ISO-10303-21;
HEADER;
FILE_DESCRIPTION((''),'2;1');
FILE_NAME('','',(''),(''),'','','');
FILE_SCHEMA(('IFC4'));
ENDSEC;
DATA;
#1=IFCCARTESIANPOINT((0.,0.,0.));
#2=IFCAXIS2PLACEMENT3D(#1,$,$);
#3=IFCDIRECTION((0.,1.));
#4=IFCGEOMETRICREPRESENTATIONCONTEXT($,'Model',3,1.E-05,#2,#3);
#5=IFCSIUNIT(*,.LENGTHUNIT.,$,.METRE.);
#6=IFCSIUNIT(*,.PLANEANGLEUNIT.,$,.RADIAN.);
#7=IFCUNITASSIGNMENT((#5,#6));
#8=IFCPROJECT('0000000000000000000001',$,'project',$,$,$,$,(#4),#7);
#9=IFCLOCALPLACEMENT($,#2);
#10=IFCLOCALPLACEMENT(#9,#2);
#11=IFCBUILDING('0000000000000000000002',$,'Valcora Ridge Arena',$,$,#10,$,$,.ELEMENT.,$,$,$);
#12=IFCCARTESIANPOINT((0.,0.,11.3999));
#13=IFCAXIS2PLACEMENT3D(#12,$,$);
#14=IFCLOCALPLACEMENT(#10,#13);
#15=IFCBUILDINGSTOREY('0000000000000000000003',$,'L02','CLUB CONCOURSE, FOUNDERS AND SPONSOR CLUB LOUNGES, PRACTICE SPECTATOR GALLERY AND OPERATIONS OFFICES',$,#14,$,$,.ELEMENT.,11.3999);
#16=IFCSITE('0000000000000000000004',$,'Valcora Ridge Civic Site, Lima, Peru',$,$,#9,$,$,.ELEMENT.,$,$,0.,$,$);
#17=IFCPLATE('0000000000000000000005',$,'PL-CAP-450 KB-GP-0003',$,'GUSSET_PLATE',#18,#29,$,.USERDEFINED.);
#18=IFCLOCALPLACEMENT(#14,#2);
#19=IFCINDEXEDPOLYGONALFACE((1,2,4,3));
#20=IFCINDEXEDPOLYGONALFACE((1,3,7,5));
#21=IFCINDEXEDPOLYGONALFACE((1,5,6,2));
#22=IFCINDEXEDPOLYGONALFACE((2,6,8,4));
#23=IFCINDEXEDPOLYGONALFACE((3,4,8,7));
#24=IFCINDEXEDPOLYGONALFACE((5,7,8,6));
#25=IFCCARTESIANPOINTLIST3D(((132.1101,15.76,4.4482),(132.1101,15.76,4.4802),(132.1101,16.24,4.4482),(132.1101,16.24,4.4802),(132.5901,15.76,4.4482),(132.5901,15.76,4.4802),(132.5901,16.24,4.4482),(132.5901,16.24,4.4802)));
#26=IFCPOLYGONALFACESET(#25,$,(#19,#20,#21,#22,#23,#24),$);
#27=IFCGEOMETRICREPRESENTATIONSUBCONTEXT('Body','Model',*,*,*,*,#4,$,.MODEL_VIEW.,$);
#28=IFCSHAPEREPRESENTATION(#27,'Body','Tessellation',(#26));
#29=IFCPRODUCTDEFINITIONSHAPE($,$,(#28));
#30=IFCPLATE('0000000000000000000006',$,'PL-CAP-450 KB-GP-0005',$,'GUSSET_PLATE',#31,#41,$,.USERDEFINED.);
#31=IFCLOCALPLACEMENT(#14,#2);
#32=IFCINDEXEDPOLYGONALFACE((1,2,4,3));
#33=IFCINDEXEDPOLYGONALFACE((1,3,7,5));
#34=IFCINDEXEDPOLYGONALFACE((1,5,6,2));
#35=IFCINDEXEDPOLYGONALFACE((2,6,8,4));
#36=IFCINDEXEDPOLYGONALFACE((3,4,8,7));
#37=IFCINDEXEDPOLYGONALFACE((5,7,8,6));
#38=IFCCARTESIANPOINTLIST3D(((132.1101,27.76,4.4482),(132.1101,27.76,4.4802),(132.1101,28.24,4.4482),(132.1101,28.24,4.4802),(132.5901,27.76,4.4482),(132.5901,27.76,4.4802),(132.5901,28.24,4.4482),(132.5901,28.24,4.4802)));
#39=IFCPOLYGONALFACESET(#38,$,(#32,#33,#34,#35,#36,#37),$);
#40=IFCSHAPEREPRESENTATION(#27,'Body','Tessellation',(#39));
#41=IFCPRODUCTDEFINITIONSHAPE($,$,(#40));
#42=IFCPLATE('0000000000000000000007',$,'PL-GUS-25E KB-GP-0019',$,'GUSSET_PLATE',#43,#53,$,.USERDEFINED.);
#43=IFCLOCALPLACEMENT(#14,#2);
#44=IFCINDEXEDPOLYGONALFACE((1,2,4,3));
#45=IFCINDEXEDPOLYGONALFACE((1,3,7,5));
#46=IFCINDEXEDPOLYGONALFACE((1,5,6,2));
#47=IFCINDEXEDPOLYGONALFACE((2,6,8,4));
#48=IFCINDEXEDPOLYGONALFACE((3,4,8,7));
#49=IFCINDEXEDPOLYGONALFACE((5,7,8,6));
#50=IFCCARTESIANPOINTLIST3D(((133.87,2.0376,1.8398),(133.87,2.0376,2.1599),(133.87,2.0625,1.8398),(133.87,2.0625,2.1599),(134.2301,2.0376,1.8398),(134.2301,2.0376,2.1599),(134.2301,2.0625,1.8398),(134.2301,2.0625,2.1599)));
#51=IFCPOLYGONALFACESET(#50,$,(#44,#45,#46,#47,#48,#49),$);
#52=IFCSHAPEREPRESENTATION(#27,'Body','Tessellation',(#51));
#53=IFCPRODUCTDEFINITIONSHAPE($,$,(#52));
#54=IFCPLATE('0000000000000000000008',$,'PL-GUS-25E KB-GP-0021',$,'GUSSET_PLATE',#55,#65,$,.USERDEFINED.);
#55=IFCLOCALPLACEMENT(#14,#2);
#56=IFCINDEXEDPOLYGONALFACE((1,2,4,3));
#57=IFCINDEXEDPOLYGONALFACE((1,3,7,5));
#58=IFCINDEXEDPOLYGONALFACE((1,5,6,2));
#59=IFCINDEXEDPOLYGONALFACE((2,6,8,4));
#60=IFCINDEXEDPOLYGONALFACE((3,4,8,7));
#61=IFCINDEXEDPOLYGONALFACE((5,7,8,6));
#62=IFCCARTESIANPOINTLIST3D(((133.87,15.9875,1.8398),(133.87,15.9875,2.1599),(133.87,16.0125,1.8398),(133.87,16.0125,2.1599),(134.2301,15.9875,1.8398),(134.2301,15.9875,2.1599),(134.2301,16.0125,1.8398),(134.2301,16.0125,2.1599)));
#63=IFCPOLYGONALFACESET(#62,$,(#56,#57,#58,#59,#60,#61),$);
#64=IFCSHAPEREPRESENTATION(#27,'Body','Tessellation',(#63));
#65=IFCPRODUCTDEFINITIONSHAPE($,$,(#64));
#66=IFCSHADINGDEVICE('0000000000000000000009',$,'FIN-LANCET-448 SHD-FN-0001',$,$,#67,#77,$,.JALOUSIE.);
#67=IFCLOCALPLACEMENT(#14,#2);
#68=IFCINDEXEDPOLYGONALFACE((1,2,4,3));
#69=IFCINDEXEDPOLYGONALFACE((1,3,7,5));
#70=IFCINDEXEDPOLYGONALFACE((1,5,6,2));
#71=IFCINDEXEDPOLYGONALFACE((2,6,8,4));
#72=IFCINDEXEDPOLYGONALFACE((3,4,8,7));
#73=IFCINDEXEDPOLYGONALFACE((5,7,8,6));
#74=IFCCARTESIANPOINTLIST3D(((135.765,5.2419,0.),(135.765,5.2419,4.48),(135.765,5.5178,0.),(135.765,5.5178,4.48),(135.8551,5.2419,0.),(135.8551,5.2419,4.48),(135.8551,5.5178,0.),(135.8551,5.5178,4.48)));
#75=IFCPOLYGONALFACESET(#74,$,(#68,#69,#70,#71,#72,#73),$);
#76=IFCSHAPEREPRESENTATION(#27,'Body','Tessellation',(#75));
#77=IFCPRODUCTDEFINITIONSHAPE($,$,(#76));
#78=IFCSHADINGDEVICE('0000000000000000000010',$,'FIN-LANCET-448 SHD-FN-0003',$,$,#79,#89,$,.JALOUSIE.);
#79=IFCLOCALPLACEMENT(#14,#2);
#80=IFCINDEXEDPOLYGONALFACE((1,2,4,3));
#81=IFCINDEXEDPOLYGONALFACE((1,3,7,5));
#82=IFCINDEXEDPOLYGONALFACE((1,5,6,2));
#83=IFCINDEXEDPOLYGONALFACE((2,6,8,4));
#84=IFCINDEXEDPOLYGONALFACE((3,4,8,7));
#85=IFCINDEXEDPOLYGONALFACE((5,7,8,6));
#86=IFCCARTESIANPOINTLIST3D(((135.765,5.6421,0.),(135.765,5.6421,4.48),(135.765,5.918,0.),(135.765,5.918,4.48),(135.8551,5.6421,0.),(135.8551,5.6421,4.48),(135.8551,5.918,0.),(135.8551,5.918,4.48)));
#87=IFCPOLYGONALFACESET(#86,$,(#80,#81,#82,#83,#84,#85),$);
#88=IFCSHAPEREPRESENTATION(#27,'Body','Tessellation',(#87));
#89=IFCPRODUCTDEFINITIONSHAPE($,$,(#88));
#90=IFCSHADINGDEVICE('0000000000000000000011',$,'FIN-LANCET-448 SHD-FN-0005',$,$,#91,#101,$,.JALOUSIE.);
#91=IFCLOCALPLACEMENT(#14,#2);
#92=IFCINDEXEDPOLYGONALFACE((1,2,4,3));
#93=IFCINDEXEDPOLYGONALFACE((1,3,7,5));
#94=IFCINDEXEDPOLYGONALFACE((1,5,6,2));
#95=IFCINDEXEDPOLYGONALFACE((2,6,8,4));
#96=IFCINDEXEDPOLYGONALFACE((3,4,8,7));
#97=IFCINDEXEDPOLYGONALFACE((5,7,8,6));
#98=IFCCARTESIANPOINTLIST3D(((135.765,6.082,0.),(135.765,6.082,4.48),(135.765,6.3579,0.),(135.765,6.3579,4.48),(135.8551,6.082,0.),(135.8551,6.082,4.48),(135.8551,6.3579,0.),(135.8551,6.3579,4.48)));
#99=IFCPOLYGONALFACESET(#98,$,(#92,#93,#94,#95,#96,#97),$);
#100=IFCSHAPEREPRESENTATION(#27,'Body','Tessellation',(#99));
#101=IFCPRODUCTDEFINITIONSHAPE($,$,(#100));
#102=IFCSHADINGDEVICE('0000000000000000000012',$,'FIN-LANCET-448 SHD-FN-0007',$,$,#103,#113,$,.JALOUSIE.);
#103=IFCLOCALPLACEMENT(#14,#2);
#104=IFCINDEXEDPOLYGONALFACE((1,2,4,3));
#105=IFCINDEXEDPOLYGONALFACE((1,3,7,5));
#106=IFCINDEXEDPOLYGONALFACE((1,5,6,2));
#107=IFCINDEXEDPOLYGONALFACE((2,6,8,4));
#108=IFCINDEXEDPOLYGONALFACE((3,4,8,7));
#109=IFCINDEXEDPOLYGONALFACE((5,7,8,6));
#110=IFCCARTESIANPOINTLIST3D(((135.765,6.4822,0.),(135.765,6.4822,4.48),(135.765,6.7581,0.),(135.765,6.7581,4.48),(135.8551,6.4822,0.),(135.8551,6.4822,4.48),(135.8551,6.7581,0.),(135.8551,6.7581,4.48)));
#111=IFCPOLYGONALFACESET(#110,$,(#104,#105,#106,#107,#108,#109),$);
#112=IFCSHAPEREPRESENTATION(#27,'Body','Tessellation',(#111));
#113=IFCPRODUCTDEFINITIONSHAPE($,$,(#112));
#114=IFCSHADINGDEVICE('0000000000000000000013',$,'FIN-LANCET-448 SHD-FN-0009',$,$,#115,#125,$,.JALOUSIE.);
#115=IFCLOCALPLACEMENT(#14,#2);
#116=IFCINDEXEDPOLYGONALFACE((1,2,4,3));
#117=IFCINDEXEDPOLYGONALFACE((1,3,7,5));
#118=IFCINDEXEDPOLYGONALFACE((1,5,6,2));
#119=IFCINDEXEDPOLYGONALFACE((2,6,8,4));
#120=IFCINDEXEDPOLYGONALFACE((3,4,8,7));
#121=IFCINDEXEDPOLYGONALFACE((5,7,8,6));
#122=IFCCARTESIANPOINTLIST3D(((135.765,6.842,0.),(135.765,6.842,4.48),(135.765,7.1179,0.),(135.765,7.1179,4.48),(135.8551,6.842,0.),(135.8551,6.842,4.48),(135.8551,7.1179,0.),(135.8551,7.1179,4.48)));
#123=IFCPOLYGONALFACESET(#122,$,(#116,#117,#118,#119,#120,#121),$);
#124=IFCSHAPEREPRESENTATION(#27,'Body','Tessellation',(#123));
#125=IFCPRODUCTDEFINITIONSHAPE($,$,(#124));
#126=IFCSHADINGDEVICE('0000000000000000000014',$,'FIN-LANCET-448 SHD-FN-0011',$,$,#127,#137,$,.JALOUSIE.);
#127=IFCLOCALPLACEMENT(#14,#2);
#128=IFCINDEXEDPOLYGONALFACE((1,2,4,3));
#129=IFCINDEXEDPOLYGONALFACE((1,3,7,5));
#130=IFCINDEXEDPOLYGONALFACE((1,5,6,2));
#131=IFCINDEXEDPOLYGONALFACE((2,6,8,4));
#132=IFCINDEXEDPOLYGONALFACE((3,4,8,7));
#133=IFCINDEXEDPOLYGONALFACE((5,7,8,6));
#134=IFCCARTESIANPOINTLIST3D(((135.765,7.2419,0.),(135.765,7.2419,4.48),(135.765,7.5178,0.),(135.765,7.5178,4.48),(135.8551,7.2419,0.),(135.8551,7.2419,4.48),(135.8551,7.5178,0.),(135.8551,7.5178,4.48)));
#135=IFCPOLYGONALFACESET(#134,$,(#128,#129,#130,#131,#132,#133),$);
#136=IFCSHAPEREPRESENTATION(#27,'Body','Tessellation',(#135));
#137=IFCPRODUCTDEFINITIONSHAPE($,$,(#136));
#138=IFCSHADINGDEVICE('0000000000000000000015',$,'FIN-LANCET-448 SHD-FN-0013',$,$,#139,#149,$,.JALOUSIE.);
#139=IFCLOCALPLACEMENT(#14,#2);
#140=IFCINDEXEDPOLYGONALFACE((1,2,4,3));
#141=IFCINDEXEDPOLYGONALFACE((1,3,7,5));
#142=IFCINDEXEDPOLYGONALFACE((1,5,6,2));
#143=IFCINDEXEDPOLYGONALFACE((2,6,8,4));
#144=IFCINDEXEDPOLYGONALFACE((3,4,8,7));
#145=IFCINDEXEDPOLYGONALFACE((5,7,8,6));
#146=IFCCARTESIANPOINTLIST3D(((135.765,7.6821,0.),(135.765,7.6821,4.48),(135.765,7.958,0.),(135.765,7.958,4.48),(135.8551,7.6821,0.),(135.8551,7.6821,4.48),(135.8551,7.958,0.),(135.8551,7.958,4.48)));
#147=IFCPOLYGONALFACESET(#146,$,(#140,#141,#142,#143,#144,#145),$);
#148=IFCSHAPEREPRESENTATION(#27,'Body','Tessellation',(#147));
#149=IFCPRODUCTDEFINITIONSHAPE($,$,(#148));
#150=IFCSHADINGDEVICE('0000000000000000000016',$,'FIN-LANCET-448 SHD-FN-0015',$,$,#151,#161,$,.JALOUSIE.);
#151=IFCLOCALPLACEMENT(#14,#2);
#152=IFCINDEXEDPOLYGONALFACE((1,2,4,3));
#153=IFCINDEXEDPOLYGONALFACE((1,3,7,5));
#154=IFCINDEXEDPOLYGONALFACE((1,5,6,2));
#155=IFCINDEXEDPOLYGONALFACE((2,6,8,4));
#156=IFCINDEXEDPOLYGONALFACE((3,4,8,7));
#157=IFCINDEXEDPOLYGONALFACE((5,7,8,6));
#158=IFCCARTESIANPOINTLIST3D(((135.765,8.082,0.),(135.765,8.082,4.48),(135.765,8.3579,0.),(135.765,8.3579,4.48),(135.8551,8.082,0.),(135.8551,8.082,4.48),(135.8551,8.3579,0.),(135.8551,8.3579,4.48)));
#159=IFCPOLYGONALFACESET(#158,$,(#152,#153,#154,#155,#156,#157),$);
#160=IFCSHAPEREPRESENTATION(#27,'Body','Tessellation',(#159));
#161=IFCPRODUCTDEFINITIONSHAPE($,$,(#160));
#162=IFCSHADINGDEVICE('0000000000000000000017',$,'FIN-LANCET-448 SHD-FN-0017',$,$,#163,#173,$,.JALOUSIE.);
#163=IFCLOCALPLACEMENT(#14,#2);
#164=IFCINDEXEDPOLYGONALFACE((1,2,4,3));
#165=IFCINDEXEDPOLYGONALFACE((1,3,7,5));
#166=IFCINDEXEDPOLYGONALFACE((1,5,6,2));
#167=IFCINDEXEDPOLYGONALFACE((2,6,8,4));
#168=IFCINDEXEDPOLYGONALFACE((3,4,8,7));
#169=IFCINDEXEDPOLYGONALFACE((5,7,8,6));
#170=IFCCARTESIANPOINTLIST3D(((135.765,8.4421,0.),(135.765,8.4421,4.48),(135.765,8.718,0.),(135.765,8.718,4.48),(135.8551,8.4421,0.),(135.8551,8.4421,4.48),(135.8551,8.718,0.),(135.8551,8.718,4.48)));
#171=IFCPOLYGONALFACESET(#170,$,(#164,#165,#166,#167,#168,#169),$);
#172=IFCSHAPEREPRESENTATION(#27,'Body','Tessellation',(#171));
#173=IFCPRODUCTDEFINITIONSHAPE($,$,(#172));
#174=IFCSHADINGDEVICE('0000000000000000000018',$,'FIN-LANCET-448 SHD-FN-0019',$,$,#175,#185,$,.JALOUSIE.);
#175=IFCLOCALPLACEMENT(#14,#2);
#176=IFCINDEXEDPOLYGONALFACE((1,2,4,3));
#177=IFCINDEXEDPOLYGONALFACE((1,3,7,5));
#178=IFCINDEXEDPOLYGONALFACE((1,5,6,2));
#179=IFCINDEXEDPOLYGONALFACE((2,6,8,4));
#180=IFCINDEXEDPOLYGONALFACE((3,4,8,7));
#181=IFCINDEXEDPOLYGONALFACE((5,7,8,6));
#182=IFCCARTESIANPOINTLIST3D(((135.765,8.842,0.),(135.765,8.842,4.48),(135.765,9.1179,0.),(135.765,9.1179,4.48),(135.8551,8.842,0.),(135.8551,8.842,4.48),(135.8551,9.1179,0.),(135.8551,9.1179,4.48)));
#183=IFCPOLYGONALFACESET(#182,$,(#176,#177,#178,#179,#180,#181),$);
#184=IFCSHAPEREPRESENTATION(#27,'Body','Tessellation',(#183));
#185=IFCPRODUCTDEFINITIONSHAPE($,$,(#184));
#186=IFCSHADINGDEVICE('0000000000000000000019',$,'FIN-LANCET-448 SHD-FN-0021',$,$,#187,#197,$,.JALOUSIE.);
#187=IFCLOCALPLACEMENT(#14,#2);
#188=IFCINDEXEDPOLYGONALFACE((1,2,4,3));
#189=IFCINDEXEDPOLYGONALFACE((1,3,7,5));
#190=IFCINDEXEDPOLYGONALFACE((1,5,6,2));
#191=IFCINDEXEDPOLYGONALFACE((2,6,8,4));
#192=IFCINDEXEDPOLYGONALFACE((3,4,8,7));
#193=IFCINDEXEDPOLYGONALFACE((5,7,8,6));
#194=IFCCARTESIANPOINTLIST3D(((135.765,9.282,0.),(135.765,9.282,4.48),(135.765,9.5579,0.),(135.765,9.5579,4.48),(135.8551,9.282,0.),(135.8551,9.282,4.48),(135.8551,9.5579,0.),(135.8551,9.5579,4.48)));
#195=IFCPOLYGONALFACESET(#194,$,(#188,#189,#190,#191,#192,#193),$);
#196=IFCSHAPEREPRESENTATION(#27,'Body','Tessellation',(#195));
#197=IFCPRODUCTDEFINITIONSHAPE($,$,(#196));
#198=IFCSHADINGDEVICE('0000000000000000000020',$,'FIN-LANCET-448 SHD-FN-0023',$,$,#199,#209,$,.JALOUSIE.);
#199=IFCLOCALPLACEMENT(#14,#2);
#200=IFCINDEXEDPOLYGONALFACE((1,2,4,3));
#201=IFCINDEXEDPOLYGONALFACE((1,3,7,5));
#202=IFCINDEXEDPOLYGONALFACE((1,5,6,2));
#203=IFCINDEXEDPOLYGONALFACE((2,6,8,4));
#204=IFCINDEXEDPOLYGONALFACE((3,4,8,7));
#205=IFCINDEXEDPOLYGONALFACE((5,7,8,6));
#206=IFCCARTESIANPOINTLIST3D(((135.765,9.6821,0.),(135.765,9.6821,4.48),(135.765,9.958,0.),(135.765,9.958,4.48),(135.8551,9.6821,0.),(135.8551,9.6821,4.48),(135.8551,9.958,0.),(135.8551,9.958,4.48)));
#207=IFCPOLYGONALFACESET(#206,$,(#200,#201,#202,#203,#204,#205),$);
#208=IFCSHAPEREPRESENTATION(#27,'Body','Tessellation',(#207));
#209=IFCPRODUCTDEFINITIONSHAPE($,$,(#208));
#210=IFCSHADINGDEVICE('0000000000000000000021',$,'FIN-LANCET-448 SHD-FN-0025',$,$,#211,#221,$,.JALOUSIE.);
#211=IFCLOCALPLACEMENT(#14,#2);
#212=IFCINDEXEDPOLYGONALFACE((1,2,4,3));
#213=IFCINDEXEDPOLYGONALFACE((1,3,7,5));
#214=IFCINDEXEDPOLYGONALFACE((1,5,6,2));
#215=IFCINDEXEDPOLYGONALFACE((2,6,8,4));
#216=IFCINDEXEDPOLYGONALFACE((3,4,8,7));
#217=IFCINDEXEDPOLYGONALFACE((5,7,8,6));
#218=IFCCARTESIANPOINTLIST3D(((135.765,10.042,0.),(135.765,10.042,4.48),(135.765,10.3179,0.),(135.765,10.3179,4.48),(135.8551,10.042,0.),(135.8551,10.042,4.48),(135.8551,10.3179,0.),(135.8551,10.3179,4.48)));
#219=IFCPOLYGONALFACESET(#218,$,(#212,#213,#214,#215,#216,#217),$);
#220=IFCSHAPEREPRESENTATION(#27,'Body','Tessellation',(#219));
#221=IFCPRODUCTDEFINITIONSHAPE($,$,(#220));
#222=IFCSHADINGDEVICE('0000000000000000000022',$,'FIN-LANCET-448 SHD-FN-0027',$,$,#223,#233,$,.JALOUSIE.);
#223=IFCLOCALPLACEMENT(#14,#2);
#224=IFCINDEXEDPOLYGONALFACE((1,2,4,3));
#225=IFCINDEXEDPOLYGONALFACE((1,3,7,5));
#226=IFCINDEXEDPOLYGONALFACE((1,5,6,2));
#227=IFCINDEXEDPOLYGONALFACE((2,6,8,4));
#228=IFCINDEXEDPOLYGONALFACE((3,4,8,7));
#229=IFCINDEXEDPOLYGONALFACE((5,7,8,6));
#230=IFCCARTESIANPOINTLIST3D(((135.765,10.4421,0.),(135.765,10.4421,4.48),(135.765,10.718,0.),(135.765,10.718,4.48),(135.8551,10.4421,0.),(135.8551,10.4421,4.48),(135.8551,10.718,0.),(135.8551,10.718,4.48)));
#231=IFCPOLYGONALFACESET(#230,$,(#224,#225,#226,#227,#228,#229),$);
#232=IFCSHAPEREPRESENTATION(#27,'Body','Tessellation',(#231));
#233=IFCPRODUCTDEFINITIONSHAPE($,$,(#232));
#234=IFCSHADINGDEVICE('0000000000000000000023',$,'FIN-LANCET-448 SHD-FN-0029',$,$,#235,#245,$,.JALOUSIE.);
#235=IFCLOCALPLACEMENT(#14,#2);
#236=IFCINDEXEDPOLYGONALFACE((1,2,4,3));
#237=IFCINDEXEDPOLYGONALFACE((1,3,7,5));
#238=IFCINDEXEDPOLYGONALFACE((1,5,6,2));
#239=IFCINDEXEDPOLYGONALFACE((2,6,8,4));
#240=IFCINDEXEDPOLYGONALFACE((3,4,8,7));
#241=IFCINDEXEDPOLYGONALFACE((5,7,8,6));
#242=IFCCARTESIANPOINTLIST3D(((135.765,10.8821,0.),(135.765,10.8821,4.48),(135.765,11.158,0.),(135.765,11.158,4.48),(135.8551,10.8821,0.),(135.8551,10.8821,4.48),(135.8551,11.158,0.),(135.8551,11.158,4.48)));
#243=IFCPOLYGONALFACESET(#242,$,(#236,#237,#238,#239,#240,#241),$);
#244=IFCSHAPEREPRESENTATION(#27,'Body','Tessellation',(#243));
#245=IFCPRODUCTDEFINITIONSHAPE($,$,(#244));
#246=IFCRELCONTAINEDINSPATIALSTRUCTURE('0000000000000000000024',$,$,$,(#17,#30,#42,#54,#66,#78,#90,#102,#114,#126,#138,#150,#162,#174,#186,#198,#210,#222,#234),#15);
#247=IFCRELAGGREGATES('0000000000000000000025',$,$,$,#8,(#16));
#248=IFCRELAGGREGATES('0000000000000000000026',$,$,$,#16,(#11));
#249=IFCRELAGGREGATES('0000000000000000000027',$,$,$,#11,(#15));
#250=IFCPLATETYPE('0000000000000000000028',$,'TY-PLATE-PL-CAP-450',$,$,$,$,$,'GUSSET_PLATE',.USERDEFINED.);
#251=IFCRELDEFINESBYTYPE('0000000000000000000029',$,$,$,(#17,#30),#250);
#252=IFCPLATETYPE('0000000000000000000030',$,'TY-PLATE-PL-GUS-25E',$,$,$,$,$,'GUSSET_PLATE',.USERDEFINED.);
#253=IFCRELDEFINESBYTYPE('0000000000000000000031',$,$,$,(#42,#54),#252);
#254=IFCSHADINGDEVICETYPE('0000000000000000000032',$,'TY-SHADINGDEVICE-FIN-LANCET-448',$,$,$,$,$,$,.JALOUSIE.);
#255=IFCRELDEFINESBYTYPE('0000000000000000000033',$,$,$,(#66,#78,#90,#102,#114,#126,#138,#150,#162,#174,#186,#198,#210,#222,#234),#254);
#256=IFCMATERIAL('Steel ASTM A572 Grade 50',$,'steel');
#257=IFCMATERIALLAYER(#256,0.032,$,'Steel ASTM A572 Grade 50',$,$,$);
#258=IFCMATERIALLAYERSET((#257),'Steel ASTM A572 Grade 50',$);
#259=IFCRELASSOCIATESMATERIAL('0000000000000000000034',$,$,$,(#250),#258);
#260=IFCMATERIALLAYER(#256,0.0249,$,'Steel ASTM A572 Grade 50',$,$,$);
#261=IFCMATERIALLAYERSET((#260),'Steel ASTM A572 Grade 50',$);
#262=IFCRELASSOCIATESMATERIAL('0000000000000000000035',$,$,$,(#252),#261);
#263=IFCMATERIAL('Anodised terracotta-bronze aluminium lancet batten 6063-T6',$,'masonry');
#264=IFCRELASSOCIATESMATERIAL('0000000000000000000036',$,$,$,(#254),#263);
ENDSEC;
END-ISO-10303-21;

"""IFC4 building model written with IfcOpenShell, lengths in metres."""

from ifc_helpers import new_model, si_unit, direction, frame, origin, origin_2d, place, context, subcontext, project, spatial, rectangle, extrude, material, layer, layer_set, material_profile, profile_set, type_object, element, save


model = new_model("IFC4")

# Units and contexts
model_context = context("Model", 3, precision=1e-05, world=origin(), true_north=direction((0.0, 1.0)))
body_context = subcontext(model_context, "Body", "Model", "MODEL_VIEW")
ifc_project = project(units=[si_unit("LENGTHUNIT", "METRE"), si_unit("PLANEANGLEUNIT", "RADIAN")], contexts=[model_context])

# Site, building, storey
site_placement = place(None, origin())
site = spatial("IfcSite", under=ifc_project, at=site_placement, Name="Valcora Ridge Civic Site, Lima, Peru", CompositionType="ELEMENT", RefElevation=0.0)
building_placement = place(site_placement, origin())
building = spatial("IfcBuilding", under=site, at=building_placement, Name="Valcora Ridge Arena", CompositionType="ELEMENT")
storey_placement = place(building_placement, frame((0.0, 0.0, 11.3999)))
storey = spatial("IfcBuildingStorey", under=building, at=storey_placement, Name="L02", Description="CLUB CONCOURSE, FOUNDERS AND SPONSOR CLUB LOUNGES, PRACTICE SPECTATOR GALLERY AND OPERATIONS OFFICES", CompositionType="ELEMENT", Elevation=11.3999)

# Shared definitions
ifc_material_1 = material(Name="Steel ASTM A572 Grade 50", Category="steel")

# Plates
ifc_layer_1 = layer(ifc_material_1, 0.032, Name="Steel ASTM A572 Grade 50")
ifc_layer_set_1 = layer_set([ifc_layer_1], Name="Steel ASTM A572 Grade 50")
plate_type_1 = type_object("IfcPlateType", Name="TY-PLATE-PL-CAP-450", ElementType="GUSSET_PLATE", PredefinedType="USERDEFINED", material=ifc_layer_set_1)
for number, where, z_axis, x_axis, name in (
    (1, (132.3501, 16.0, 4.4482), (0.0, 0.0, 1.0), (1.0, 0.0, 0.0), "PL-CAP-450 KB-GP-0003"),
    (2, (132.3501, 28.0, 4.4482), (0.0, 0.0, 1.0), (1.0, 0.0, 0.0), "PL-CAP-450 KB-GP-0005"),
):
    element("IfcPlate", number, at=place(storey_placement, frame(where, z_axis=z_axis, x_axis=x_axis)), inside=storey, type_object=plate_type_1, Name=name, ObjectType="GUSSET_PLATE", PredefinedType="USERDEFINED", context=body_context, shape_type="SweptSolid", body=[
        extrude(rectangle(XDim=0.48, YDim=0.48, at=origin_2d()), origin(), (0.0, 0.0, 1.0), 0.032),
    ])
ifc_layer_2 = layer(ifc_material_1, 0.0249, Name="Steel ASTM A572 Grade 50")
ifc_layer_set_2 = layer_set([ifc_layer_2], Name="Steel ASTM A572 Grade 50")
plate_type_2 = type_object("IfcPlateType", Name="TY-PLATE-PL-GUS-25E", ElementType="GUSSET_PLATE", PredefinedType="USERDEFINED", material=ifc_layer_set_2)
for number, where, z_axis, x_axis, name in (
    (3, (134.05, 2.05, 1.8398), (0.0, 0.0, 1.0), (1.0, 0.0, 0.0), "PL-GUS-25E KB-GP-0019"),
    (4, (134.05, 16.0, 1.8398), (0.0, 0.0, 1.0), (1.0, 0.0, 0.0), "PL-GUS-25E KB-GP-0021"),
):
    element("IfcPlate", number, at=place(storey_placement, frame(where, z_axis=z_axis, x_axis=x_axis)), inside=storey, type_object=plate_type_2, Name=name, ObjectType="GUSSET_PLATE", PredefinedType="USERDEFINED", context=body_context, shape_type="SweptSolid", body=[
        extrude(rectangle(XDim=0.3601, YDim=0.0249, at=origin_2d()), origin(), (0.0, 0.0, 1.0), 0.3201),
    ])

# Shading devices
ifc_material_2 = material(Name="Anodised terracotta-bronze aluminium lancet batten 6063-T6", Category="masonry")
ifc_material_profile_1 = material_profile(ifc_material_2, rectangle(XDim=0.0901, YDim=0.2759, at=origin_2d()), Name="ALU LANCET BATTEN 90x276")
ifc_profile_set_1 = profile_set([ifc_material_profile_1], Name="Anodised terracotta-bronze aluminium lancet batten 6063-T6")
shading_device_type = type_object("IfcShadingDeviceType", Name="TY-SHADINGDEVICE-FIN-LANCET-448", PredefinedType="JALOUSIE", material=ifc_profile_set_1)
for number, where, z_axis, x_axis, name in (
    (5, (135.8101, 5.3799, 0.0), (0.0, 0.0, 1.0), (1.0, 0.0, 0.0), "FIN-LANCET-448 SHD-FN-0001"),
    (6, (135.8101, 5.78, 0.0), (0.0, 0.0, 1.0), (1.0, 0.0, 0.0), "FIN-LANCET-448 SHD-FN-0003"),
    (7, (135.8101, 6.22, 0.0), (0.0, 0.0, 1.0), (1.0, 0.0, 0.0), "FIN-LANCET-448 SHD-FN-0005"),
    (8, (135.8101, 6.6201, 0.0), (0.0, 0.0, 1.0), (1.0, 0.0, 0.0), "FIN-LANCET-448 SHD-FN-0007"),
    (9, (135.8101, 6.98, 0.0), (0.0, 0.0, 1.0), (1.0, 0.0, 0.0), "FIN-LANCET-448 SHD-FN-0009"),
    (10, (135.8101, 7.3799, 0.0), (0.0, 0.0, 1.0), (1.0, 0.0, 0.0), "FIN-LANCET-448 SHD-FN-0011"),
    (11, (135.8101, 7.8201, 0.0), (0.0, 0.0, 1.0), (1.0, 0.0, 0.0), "FIN-LANCET-448 SHD-FN-0013"),
    (12, (135.8101, 8.22, 0.0), (0.0, 0.0, 1.0), (1.0, 0.0, 0.0), "FIN-LANCET-448 SHD-FN-0015"),
    (13, (135.8101, 8.5801, 0.0), (0.0, 0.0, 1.0), (1.0, 0.0, 0.0), "FIN-LANCET-448 SHD-FN-0017"),
    (14, (135.8101, 8.98, 0.0), (0.0, 0.0, 1.0), (1.0, 0.0, 0.0), "FIN-LANCET-448 SHD-FN-0019"),
    (15, (135.8101, 9.4199, 0.0), (0.0, 0.0, 1.0), (1.0, 0.0, 0.0), "FIN-LANCET-448 SHD-FN-0021"),
    (16, (135.8101, 9.8201, 0.0), (0.0, 0.0, 1.0), (1.0, 0.0, 0.0), "FIN-LANCET-448 SHD-FN-0023"),
    (17, (135.8101, 10.1799, 0.0), (0.0, 0.0, 1.0), (1.0, 0.0, 0.0), "FIN-LANCET-448 SHD-FN-0025"),
    (18, (135.8101, 10.5801, 0.0), (0.0, 0.0, 1.0), (1.0, 0.0, 0.0), "FIN-LANCET-448 SHD-FN-0027"),
    (19, (135.8101, 11.02, 0.0), (0.0, 0.0, 1.0), (1.0, 0.0, 0.0), "FIN-LANCET-448 SHD-FN-0029"),
):
    element("IfcShadingDevice", number, at=place(storey_placement, frame(where, z_axis=z_axis, x_axis=x_axis)), inside=storey, type_object=shading_device_type, Name=name, PredefinedType="JALOUSIE", context=body_context, shape_type="SweptSolid", body=[
        extrude(rectangle(XDim=0.0901, YDim=0.2759, at=origin_2d()), origin(), (0.0, 0.0, 1.0), 4.48),
    ])

save(model, "model.ifc")
